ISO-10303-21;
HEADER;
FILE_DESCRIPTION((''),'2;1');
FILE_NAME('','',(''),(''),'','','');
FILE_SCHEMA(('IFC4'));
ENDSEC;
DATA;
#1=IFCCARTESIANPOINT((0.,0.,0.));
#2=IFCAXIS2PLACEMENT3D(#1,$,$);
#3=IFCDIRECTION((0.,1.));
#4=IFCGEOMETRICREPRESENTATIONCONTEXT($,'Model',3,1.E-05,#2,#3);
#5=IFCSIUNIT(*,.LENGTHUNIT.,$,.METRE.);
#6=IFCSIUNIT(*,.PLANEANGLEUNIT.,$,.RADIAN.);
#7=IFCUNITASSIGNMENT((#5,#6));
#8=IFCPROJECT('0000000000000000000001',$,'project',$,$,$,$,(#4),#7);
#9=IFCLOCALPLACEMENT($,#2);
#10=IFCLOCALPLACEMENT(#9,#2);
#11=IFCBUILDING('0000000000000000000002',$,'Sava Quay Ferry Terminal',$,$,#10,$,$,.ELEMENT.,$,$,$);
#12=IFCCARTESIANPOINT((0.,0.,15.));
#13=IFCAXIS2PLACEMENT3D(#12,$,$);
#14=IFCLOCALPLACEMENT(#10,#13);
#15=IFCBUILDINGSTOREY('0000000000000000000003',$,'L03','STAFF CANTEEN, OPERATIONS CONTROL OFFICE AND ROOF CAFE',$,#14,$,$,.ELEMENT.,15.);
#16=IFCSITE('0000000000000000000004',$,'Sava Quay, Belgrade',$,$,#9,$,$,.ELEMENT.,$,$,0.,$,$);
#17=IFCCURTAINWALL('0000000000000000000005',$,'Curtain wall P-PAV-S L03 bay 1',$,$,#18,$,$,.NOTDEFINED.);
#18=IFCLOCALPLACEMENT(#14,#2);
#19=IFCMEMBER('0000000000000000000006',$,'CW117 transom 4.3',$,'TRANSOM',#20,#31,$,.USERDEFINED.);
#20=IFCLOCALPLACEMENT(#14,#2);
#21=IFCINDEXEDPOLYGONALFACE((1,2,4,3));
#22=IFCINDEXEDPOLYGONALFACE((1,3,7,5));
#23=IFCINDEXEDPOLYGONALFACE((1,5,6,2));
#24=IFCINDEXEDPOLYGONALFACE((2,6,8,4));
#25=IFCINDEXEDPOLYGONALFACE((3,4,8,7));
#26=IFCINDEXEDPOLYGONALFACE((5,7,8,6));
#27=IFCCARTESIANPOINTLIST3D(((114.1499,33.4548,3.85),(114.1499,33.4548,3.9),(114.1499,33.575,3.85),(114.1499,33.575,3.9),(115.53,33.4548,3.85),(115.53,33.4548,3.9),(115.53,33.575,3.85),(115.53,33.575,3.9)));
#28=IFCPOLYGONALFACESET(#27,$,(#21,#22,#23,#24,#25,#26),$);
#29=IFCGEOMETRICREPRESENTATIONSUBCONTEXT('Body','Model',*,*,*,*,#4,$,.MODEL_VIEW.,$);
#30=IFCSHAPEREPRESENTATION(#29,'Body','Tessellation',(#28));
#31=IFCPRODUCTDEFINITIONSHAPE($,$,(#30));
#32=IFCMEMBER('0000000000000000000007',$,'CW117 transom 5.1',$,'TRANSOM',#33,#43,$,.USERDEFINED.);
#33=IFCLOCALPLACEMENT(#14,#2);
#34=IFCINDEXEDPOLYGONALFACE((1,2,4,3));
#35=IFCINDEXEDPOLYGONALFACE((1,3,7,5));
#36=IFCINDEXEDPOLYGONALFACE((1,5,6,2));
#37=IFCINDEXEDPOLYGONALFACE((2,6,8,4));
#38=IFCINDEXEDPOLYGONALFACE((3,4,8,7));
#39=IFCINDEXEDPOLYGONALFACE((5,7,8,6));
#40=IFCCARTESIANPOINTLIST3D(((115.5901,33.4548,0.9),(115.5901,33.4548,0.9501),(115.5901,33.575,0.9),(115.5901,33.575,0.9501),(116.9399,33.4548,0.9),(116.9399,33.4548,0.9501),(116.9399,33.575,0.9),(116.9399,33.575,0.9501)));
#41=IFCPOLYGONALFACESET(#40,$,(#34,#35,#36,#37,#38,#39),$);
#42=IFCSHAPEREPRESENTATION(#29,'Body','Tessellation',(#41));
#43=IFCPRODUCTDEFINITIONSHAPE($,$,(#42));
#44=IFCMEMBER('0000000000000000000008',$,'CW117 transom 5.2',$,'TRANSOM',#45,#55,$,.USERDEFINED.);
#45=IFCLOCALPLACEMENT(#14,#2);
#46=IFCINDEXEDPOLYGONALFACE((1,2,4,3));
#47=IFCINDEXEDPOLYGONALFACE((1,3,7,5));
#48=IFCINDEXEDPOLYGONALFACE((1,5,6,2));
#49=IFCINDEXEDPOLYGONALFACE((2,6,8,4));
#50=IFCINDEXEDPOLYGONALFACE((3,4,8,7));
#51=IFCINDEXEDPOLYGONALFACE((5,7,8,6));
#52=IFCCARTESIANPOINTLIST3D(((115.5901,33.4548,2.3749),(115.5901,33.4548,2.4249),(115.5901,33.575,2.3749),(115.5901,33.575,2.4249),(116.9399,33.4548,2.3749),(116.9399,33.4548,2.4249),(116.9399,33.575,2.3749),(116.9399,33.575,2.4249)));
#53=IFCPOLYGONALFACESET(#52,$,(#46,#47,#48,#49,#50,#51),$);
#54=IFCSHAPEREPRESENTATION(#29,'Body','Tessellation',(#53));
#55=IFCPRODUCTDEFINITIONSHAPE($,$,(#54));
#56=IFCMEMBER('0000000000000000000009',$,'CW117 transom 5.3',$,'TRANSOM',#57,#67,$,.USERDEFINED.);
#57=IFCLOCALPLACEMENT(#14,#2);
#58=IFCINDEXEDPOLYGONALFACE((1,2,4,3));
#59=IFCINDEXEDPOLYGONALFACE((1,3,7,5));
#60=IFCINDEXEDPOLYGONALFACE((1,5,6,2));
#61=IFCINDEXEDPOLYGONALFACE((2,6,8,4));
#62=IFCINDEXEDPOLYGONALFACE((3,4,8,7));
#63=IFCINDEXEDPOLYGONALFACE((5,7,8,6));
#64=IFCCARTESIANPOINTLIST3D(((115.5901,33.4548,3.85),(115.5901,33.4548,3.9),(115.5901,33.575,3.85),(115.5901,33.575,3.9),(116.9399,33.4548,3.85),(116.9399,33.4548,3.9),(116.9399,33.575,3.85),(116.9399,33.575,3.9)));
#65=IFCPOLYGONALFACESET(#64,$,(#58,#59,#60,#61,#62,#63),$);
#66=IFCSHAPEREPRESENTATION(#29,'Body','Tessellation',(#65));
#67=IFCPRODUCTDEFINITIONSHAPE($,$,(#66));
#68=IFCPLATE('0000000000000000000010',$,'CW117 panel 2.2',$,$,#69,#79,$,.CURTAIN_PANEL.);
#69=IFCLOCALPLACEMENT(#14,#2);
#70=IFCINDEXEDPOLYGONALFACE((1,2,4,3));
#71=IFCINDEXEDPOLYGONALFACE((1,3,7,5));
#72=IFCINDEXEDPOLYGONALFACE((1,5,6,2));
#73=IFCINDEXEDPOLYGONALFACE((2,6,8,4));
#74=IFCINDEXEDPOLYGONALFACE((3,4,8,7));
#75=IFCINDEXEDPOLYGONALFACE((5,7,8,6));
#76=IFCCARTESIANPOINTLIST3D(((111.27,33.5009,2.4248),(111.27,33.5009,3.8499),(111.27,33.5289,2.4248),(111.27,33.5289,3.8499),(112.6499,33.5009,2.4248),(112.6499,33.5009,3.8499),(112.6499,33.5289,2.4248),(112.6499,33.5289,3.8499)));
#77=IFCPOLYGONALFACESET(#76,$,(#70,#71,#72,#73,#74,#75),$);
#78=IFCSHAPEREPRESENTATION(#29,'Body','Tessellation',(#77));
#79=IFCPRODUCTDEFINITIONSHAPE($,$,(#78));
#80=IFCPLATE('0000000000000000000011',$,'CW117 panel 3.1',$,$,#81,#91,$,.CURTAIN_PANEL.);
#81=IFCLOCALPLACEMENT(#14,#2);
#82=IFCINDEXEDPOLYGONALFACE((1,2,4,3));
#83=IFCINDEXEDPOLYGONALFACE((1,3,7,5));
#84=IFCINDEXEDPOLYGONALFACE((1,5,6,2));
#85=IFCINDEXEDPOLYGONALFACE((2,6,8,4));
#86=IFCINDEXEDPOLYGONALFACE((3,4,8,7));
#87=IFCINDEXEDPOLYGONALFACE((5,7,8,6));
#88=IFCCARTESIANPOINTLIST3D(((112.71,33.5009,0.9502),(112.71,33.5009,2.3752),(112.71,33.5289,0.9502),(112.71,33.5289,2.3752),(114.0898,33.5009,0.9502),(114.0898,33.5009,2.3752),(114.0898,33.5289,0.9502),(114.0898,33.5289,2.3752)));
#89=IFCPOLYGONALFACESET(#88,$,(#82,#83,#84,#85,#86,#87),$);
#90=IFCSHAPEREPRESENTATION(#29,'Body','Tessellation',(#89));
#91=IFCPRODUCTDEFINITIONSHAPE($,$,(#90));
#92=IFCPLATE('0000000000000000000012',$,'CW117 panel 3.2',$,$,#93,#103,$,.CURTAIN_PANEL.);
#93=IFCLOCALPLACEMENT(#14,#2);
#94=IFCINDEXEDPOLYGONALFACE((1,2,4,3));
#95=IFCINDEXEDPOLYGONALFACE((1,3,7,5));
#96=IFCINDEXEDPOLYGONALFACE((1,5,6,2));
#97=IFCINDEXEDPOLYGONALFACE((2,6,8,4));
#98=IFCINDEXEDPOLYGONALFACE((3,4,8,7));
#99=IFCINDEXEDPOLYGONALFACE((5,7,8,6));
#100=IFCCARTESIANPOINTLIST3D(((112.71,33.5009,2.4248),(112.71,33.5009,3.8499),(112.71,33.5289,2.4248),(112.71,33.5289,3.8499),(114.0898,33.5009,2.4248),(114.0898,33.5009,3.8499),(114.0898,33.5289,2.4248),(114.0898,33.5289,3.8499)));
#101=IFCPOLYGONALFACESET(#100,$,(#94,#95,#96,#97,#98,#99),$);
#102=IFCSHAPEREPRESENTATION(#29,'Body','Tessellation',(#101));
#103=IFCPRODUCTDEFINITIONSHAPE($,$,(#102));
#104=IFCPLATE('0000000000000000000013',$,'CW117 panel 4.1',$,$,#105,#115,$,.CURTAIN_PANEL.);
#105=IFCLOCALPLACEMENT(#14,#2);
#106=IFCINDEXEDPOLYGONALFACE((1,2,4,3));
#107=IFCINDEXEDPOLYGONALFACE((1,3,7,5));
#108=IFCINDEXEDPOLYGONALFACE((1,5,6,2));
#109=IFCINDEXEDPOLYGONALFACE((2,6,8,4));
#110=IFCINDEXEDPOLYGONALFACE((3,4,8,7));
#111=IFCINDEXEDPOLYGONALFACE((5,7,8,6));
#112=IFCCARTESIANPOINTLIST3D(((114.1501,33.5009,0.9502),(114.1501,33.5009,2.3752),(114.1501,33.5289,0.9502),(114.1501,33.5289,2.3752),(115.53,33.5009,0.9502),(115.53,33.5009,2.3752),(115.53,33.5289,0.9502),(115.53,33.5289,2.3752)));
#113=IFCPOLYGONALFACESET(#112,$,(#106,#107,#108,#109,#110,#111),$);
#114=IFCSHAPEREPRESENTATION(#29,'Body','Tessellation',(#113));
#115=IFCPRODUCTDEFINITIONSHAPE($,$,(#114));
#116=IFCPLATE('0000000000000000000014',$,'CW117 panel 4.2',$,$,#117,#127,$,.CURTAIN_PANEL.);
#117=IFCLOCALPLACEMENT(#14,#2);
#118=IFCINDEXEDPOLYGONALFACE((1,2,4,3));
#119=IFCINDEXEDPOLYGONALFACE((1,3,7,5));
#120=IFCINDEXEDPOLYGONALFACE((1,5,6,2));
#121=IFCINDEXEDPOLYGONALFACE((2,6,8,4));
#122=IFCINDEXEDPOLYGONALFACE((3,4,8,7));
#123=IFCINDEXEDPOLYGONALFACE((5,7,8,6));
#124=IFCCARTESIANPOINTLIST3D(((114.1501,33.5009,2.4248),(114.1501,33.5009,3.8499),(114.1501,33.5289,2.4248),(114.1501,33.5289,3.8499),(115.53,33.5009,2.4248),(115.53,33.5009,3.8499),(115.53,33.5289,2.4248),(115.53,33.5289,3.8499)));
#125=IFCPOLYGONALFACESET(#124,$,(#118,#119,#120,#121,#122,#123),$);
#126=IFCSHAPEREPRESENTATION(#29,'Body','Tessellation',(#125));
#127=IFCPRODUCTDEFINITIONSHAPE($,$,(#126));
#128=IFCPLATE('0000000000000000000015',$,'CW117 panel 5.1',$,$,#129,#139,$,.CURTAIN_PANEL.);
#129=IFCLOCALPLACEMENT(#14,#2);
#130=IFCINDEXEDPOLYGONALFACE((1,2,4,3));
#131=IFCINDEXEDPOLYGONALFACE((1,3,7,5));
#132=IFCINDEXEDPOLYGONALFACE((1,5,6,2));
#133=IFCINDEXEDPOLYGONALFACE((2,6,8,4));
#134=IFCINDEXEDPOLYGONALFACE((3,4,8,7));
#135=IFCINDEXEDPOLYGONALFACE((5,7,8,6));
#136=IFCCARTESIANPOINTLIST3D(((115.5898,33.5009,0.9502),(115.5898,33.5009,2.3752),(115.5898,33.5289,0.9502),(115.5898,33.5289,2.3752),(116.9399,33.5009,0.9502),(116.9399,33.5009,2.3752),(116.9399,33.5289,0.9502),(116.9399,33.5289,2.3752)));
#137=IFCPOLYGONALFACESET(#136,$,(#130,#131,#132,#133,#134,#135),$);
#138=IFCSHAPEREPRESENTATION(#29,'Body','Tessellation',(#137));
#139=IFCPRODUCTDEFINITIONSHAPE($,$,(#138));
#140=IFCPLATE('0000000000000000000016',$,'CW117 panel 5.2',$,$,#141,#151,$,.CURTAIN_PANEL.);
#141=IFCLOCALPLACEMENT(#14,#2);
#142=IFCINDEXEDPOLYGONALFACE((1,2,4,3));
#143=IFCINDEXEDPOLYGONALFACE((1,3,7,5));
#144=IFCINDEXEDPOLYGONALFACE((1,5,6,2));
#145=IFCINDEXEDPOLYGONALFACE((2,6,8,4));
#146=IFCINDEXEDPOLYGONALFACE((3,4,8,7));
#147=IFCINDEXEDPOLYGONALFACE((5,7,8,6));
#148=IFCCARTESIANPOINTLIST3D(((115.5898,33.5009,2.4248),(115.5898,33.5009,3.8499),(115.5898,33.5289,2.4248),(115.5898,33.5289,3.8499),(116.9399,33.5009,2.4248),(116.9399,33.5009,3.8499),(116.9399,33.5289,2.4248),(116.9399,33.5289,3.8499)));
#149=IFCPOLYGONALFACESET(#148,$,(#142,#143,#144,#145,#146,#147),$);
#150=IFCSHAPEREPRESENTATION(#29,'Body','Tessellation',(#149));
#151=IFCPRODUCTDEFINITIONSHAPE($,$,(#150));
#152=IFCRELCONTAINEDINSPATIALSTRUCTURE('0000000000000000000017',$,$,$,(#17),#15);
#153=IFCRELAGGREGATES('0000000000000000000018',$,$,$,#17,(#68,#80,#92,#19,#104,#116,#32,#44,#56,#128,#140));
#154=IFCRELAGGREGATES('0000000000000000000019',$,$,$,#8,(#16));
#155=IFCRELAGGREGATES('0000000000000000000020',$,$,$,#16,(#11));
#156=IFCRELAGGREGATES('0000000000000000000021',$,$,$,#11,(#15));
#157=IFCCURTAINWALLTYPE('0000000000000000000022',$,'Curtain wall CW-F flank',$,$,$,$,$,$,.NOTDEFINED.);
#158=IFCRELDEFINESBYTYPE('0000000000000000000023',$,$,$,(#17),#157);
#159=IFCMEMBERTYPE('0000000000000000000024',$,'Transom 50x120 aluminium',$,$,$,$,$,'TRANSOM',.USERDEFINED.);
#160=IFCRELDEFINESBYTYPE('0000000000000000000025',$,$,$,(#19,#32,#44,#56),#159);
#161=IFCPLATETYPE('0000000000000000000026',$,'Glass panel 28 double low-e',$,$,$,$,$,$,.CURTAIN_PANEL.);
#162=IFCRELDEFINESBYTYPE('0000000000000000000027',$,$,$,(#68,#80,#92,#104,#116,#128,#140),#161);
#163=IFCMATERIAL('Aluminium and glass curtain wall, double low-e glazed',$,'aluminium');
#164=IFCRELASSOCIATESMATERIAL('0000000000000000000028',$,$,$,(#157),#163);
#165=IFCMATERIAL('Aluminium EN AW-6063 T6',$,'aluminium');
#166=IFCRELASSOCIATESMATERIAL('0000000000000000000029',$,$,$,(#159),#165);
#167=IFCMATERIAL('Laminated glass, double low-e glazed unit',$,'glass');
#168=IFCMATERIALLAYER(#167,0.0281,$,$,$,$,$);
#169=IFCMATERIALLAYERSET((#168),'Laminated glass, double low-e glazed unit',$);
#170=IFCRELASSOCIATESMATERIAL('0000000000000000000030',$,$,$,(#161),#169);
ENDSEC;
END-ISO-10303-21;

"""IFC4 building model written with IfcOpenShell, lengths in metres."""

from ifc_helpers import new_model, si_unit, direction, frame, origin, origin_2d, place, context, subcontext, project, spatial, rectangle, extrude, material, layer, layer_set, material_profile, profile_set, type_object, element, aggregate, save


model = new_model("IFC4")

# Units and contexts
model_context = context("Model", 3, precision=1e-05, world=origin(), true_north=direction((0.0, 1.0)))
body_context = subcontext(model_context, "Body", "Model", "MODEL_VIEW")
ifc_project = project(units=[si_unit("LENGTHUNIT", "METRE"), si_unit("PLANEANGLEUNIT", "RADIAN")], contexts=[model_context])

# Site, building, storey
site_placement = place(None, origin())
site = spatial("IfcSite", under=ifc_project, at=site_placement, Name="Sava Quay, Belgrade", CompositionType="ELEMENT", RefElevation=0.0)
building_placement = place(site_placement, origin())
building = spatial("IfcBuilding", under=site, at=building_placement, Name="Sava Quay Ferry Terminal", CompositionType="ELEMENT")
storey_placement = place(building_placement, frame((0.0, 0.0, 15.0)))
storey = spatial("IfcBuildingStorey", under=building, at=storey_placement, Name="L03", Description="STAFF CANTEEN, OPERATIONS CONTROL OFFICE AND ROOF CAFE", CompositionType="ELEMENT", Elevation=15.0)

# Curtain wall, members, plates
ifc_material_1 = material(Name="Aluminium and glass curtain wall, double low-e glazed", Category="aluminium")
curtain_wall_type = type_object("IfcCurtainWallType", Name="Curtain wall CW-F flank", PredefinedType="NOTDEFINED", material=ifc_material_1)
curtain_wall_placement = place(storey_placement, origin())
curtain_wall = element("IfcCurtainWall", 1, at=curtain_wall_placement, inside=storey, type_object=curtain_wall_type, Name="Curtain wall P-PAV-S L03 bay 1", PredefinedType="NOTDEFINED")
ifc_material_2 = material(Name="Aluminium EN AW-6063 T6", Category="aluminium")
ifc_material_profile_1 = material_profile(ifc_material_2, rectangle(XDim=0.1201, YDim=0.05, at=origin_2d()), Name="Transom 50x120 aluminium")
ifc_profile_set_1 = profile_set([ifc_material_profile_1], Name="Aluminium EN AW-6063 T6")
member_type_1 = type_object("IfcMemberType", Name="Transom 50x120 aluminium", ElementType="TRANSOM", PredefinedType="USERDEFINED", material=ifc_profile_set_1)
member_1_placement = place(storey_placement, frame((114.1499, 33.5149, 3.875), z_axis=(1.0, 0.0, 0.0), x_axis=(0.0, 1.0, 0.0)))
member_1 = element("IfcMember", 2, at=member_1_placement, type_object=member_type_1, Name="CW117 transom 4.3", ObjectType="TRANSOM", PredefinedType="USERDEFINED", context=body_context, shape_type="SweptSolid", body=[
    extrude(rectangle(XDim=0.1201, YDim=0.05, at=origin_2d()), origin(), (0.0, 0.0, 1.0), 1.3801),
])
member_2_placement = place(storey_placement, frame((115.5901, 33.5149, 0.925), z_axis=(1.0, 0.0, 0.0), x_axis=(0.0, 1.0, 0.0)))
member_2 = element("IfcMember", 3, at=member_2_placement, type_object=member_type_1, Name="CW117 transom 5.1", ObjectType="TRANSOM", PredefinedType="USERDEFINED", context=body_context, shape_type="SweptSolid", body=[
    extrude(rectangle(XDim=0.1201, YDim=0.05, at=origin_2d()), origin(), (0.0, 0.0, 1.0), 1.3499),
])
member_3_placement = place(storey_placement, frame((115.5901, 33.5149, 2.3999), z_axis=(1.0, 0.0, 0.0), x_axis=(0.0, 1.0, 0.0)))
member_3 = element("IfcMember", 4, at=member_3_placement, type_object=member_type_1, Name="CW117 transom 5.2", ObjectType="TRANSOM", PredefinedType="USERDEFINED", context=body_context, shape_type="SweptSolid", body=[
    extrude(rectangle(XDim=0.1201, YDim=0.05, at=origin_2d()), origin(), (0.0, 0.0, 1.0), 1.3499),
])
member_4_placement = place(storey_placement, frame((115.5901, 33.5149, 3.875), z_axis=(1.0, 0.0, 0.0), x_axis=(0.0, 1.0, 0.0)))
member_4 = element("IfcMember", 5, at=member_4_placement, type_object=member_type_1, Name="CW117 transom 5.3", ObjectType="TRANSOM", PredefinedType="USERDEFINED", context=body_context, shape_type="SweptSolid", body=[
    extrude(rectangle(XDim=0.1201, YDim=0.05, at=origin_2d()), origin(), (0.0, 0.0, 1.0), 1.3499),
])
ifc_material_3 = material(Name="Laminated glass, double low-e glazed unit", Category="glass")
ifc_layer_1 = layer(ifc_material_3, 0.0281)
ifc_layer_set_1 = layer_set([ifc_layer_1], Name="Laminated glass, double low-e glazed unit")
plate_type = type_object("IfcPlateType", Name="Glass panel 28 double low-e", PredefinedType="CURTAIN_PANEL", material=ifc_layer_set_1)
plate_1_placement = place(storey_placement, frame((111.96, 33.5149, 2.4248), z_axis=(0.0, 0.0, 1.0), x_axis=(1.0, 0.0, 0.0)))
plate_1 = element("IfcPlate", 6, at=plate_1_placement, type_object=plate_type, Name="CW117 panel 2.2", PredefinedType="CURTAIN_PANEL", context=body_context, shape_type="SweptSolid", body=[
    extrude(rectangle(XDim=1.3799, YDim=0.0281, at=origin_2d()), origin(), (0.0, 0.0, 1.0), 1.425),
])
plate_2_placement = place(storey_placement, frame((113.3999, 33.5149, 0.9502), z_axis=(0.0, 0.0, 1.0), x_axis=(1.0, 0.0, 0.0)))
plate_2 = element("IfcPlate", 7, at=plate_2_placement, type_object=plate_type, Name="CW117 panel 3.1", PredefinedType="CURTAIN_PANEL", context=body_context, shape_type="SweptSolid", body=[
    extrude(rectangle(XDim=1.3799, YDim=0.0281, at=origin_2d()), origin(), (0.0, 0.0, 1.0), 1.425),
])
plate_3_placement = place(storey_placement, frame((113.3999, 33.5149, 2.4248), z_axis=(0.0, 0.0, 1.0), x_axis=(1.0, 0.0, 0.0)))
plate_3 = element("IfcPlate", 8, at=plate_3_placement, type_object=plate_type, Name="CW117 panel 3.2", PredefinedType="CURTAIN_PANEL", context=body_context, shape_type="SweptSolid", body=[
    extrude(rectangle(XDim=1.3799, YDim=0.0281, at=origin_2d()), origin(), (0.0, 0.0, 1.0), 1.425),
])
plate_4_placement = place(storey_placement, frame((114.8401, 33.5149, 0.9502), z_axis=(0.0, 0.0, 1.0), x_axis=(1.0, 0.0, 0.0)))
plate_4 = element("IfcPlate", 9, at=plate_4_placement, type_object=plate_type, Name="CW117 panel 4.1", PredefinedType="CURTAIN_PANEL", context=body_context, shape_type="SweptSolid", body=[
    extrude(rectangle(XDim=1.3799, YDim=0.0281, at=origin_2d()), origin(), (0.0, 0.0, 1.0), 1.425),
])
plate_5_placement = place(storey_placement, frame((114.8401, 33.5149, 2.4248), z_axis=(0.0, 0.0, 1.0), x_axis=(1.0, 0.0, 0.0)))
plate_5 = element("IfcPlate", 10, at=plate_5_placement, type_object=plate_type, Name="CW117 panel 4.2", PredefinedType="CURTAIN_PANEL", context=body_context, shape_type="SweptSolid", body=[
    extrude(rectangle(XDim=1.3799, YDim=0.0281, at=origin_2d()), origin(), (0.0, 0.0, 1.0), 1.425),
])
plate_6_placement = place(storey_placement, frame((116.2649, 33.5149, 0.9502), z_axis=(0.0, 0.0, 1.0), x_axis=(1.0, 0.0, 0.0)))
plate_6 = element("IfcPlate", 11, at=plate_6_placement, type_object=plate_type, Name="CW117 panel 5.1", PredefinedType="CURTAIN_PANEL", context=body_context, shape_type="SweptSolid", body=[
    extrude(rectangle(XDim=1.3501, YDim=0.0281, at=origin_2d()), origin(), (0.0, 0.0, 1.0), 1.425),
])
plate_7_placement = place(storey_placement, frame((116.2649, 33.5149, 2.4248), z_axis=(0.0, 0.0, 1.0), x_axis=(1.0, 0.0, 0.0)))
plate_7 = element("IfcPlate", 12, at=plate_7_placement, type_object=plate_type, Name="CW117 panel 5.2", PredefinedType="CURTAIN_PANEL", context=body_context, shape_type="SweptSolid", body=[
    extrude(rectangle(XDim=1.3501, YDim=0.0281, at=origin_2d()), origin(), (0.0, 0.0, 1.0), 1.425),
])
aggregate(curtain_wall, [plate_1, plate_2, plate_3, member_1, plate_4, plate_5, member_2, member_3, member_4, plate_6, plate_7])

save(model, "model.ifc")
